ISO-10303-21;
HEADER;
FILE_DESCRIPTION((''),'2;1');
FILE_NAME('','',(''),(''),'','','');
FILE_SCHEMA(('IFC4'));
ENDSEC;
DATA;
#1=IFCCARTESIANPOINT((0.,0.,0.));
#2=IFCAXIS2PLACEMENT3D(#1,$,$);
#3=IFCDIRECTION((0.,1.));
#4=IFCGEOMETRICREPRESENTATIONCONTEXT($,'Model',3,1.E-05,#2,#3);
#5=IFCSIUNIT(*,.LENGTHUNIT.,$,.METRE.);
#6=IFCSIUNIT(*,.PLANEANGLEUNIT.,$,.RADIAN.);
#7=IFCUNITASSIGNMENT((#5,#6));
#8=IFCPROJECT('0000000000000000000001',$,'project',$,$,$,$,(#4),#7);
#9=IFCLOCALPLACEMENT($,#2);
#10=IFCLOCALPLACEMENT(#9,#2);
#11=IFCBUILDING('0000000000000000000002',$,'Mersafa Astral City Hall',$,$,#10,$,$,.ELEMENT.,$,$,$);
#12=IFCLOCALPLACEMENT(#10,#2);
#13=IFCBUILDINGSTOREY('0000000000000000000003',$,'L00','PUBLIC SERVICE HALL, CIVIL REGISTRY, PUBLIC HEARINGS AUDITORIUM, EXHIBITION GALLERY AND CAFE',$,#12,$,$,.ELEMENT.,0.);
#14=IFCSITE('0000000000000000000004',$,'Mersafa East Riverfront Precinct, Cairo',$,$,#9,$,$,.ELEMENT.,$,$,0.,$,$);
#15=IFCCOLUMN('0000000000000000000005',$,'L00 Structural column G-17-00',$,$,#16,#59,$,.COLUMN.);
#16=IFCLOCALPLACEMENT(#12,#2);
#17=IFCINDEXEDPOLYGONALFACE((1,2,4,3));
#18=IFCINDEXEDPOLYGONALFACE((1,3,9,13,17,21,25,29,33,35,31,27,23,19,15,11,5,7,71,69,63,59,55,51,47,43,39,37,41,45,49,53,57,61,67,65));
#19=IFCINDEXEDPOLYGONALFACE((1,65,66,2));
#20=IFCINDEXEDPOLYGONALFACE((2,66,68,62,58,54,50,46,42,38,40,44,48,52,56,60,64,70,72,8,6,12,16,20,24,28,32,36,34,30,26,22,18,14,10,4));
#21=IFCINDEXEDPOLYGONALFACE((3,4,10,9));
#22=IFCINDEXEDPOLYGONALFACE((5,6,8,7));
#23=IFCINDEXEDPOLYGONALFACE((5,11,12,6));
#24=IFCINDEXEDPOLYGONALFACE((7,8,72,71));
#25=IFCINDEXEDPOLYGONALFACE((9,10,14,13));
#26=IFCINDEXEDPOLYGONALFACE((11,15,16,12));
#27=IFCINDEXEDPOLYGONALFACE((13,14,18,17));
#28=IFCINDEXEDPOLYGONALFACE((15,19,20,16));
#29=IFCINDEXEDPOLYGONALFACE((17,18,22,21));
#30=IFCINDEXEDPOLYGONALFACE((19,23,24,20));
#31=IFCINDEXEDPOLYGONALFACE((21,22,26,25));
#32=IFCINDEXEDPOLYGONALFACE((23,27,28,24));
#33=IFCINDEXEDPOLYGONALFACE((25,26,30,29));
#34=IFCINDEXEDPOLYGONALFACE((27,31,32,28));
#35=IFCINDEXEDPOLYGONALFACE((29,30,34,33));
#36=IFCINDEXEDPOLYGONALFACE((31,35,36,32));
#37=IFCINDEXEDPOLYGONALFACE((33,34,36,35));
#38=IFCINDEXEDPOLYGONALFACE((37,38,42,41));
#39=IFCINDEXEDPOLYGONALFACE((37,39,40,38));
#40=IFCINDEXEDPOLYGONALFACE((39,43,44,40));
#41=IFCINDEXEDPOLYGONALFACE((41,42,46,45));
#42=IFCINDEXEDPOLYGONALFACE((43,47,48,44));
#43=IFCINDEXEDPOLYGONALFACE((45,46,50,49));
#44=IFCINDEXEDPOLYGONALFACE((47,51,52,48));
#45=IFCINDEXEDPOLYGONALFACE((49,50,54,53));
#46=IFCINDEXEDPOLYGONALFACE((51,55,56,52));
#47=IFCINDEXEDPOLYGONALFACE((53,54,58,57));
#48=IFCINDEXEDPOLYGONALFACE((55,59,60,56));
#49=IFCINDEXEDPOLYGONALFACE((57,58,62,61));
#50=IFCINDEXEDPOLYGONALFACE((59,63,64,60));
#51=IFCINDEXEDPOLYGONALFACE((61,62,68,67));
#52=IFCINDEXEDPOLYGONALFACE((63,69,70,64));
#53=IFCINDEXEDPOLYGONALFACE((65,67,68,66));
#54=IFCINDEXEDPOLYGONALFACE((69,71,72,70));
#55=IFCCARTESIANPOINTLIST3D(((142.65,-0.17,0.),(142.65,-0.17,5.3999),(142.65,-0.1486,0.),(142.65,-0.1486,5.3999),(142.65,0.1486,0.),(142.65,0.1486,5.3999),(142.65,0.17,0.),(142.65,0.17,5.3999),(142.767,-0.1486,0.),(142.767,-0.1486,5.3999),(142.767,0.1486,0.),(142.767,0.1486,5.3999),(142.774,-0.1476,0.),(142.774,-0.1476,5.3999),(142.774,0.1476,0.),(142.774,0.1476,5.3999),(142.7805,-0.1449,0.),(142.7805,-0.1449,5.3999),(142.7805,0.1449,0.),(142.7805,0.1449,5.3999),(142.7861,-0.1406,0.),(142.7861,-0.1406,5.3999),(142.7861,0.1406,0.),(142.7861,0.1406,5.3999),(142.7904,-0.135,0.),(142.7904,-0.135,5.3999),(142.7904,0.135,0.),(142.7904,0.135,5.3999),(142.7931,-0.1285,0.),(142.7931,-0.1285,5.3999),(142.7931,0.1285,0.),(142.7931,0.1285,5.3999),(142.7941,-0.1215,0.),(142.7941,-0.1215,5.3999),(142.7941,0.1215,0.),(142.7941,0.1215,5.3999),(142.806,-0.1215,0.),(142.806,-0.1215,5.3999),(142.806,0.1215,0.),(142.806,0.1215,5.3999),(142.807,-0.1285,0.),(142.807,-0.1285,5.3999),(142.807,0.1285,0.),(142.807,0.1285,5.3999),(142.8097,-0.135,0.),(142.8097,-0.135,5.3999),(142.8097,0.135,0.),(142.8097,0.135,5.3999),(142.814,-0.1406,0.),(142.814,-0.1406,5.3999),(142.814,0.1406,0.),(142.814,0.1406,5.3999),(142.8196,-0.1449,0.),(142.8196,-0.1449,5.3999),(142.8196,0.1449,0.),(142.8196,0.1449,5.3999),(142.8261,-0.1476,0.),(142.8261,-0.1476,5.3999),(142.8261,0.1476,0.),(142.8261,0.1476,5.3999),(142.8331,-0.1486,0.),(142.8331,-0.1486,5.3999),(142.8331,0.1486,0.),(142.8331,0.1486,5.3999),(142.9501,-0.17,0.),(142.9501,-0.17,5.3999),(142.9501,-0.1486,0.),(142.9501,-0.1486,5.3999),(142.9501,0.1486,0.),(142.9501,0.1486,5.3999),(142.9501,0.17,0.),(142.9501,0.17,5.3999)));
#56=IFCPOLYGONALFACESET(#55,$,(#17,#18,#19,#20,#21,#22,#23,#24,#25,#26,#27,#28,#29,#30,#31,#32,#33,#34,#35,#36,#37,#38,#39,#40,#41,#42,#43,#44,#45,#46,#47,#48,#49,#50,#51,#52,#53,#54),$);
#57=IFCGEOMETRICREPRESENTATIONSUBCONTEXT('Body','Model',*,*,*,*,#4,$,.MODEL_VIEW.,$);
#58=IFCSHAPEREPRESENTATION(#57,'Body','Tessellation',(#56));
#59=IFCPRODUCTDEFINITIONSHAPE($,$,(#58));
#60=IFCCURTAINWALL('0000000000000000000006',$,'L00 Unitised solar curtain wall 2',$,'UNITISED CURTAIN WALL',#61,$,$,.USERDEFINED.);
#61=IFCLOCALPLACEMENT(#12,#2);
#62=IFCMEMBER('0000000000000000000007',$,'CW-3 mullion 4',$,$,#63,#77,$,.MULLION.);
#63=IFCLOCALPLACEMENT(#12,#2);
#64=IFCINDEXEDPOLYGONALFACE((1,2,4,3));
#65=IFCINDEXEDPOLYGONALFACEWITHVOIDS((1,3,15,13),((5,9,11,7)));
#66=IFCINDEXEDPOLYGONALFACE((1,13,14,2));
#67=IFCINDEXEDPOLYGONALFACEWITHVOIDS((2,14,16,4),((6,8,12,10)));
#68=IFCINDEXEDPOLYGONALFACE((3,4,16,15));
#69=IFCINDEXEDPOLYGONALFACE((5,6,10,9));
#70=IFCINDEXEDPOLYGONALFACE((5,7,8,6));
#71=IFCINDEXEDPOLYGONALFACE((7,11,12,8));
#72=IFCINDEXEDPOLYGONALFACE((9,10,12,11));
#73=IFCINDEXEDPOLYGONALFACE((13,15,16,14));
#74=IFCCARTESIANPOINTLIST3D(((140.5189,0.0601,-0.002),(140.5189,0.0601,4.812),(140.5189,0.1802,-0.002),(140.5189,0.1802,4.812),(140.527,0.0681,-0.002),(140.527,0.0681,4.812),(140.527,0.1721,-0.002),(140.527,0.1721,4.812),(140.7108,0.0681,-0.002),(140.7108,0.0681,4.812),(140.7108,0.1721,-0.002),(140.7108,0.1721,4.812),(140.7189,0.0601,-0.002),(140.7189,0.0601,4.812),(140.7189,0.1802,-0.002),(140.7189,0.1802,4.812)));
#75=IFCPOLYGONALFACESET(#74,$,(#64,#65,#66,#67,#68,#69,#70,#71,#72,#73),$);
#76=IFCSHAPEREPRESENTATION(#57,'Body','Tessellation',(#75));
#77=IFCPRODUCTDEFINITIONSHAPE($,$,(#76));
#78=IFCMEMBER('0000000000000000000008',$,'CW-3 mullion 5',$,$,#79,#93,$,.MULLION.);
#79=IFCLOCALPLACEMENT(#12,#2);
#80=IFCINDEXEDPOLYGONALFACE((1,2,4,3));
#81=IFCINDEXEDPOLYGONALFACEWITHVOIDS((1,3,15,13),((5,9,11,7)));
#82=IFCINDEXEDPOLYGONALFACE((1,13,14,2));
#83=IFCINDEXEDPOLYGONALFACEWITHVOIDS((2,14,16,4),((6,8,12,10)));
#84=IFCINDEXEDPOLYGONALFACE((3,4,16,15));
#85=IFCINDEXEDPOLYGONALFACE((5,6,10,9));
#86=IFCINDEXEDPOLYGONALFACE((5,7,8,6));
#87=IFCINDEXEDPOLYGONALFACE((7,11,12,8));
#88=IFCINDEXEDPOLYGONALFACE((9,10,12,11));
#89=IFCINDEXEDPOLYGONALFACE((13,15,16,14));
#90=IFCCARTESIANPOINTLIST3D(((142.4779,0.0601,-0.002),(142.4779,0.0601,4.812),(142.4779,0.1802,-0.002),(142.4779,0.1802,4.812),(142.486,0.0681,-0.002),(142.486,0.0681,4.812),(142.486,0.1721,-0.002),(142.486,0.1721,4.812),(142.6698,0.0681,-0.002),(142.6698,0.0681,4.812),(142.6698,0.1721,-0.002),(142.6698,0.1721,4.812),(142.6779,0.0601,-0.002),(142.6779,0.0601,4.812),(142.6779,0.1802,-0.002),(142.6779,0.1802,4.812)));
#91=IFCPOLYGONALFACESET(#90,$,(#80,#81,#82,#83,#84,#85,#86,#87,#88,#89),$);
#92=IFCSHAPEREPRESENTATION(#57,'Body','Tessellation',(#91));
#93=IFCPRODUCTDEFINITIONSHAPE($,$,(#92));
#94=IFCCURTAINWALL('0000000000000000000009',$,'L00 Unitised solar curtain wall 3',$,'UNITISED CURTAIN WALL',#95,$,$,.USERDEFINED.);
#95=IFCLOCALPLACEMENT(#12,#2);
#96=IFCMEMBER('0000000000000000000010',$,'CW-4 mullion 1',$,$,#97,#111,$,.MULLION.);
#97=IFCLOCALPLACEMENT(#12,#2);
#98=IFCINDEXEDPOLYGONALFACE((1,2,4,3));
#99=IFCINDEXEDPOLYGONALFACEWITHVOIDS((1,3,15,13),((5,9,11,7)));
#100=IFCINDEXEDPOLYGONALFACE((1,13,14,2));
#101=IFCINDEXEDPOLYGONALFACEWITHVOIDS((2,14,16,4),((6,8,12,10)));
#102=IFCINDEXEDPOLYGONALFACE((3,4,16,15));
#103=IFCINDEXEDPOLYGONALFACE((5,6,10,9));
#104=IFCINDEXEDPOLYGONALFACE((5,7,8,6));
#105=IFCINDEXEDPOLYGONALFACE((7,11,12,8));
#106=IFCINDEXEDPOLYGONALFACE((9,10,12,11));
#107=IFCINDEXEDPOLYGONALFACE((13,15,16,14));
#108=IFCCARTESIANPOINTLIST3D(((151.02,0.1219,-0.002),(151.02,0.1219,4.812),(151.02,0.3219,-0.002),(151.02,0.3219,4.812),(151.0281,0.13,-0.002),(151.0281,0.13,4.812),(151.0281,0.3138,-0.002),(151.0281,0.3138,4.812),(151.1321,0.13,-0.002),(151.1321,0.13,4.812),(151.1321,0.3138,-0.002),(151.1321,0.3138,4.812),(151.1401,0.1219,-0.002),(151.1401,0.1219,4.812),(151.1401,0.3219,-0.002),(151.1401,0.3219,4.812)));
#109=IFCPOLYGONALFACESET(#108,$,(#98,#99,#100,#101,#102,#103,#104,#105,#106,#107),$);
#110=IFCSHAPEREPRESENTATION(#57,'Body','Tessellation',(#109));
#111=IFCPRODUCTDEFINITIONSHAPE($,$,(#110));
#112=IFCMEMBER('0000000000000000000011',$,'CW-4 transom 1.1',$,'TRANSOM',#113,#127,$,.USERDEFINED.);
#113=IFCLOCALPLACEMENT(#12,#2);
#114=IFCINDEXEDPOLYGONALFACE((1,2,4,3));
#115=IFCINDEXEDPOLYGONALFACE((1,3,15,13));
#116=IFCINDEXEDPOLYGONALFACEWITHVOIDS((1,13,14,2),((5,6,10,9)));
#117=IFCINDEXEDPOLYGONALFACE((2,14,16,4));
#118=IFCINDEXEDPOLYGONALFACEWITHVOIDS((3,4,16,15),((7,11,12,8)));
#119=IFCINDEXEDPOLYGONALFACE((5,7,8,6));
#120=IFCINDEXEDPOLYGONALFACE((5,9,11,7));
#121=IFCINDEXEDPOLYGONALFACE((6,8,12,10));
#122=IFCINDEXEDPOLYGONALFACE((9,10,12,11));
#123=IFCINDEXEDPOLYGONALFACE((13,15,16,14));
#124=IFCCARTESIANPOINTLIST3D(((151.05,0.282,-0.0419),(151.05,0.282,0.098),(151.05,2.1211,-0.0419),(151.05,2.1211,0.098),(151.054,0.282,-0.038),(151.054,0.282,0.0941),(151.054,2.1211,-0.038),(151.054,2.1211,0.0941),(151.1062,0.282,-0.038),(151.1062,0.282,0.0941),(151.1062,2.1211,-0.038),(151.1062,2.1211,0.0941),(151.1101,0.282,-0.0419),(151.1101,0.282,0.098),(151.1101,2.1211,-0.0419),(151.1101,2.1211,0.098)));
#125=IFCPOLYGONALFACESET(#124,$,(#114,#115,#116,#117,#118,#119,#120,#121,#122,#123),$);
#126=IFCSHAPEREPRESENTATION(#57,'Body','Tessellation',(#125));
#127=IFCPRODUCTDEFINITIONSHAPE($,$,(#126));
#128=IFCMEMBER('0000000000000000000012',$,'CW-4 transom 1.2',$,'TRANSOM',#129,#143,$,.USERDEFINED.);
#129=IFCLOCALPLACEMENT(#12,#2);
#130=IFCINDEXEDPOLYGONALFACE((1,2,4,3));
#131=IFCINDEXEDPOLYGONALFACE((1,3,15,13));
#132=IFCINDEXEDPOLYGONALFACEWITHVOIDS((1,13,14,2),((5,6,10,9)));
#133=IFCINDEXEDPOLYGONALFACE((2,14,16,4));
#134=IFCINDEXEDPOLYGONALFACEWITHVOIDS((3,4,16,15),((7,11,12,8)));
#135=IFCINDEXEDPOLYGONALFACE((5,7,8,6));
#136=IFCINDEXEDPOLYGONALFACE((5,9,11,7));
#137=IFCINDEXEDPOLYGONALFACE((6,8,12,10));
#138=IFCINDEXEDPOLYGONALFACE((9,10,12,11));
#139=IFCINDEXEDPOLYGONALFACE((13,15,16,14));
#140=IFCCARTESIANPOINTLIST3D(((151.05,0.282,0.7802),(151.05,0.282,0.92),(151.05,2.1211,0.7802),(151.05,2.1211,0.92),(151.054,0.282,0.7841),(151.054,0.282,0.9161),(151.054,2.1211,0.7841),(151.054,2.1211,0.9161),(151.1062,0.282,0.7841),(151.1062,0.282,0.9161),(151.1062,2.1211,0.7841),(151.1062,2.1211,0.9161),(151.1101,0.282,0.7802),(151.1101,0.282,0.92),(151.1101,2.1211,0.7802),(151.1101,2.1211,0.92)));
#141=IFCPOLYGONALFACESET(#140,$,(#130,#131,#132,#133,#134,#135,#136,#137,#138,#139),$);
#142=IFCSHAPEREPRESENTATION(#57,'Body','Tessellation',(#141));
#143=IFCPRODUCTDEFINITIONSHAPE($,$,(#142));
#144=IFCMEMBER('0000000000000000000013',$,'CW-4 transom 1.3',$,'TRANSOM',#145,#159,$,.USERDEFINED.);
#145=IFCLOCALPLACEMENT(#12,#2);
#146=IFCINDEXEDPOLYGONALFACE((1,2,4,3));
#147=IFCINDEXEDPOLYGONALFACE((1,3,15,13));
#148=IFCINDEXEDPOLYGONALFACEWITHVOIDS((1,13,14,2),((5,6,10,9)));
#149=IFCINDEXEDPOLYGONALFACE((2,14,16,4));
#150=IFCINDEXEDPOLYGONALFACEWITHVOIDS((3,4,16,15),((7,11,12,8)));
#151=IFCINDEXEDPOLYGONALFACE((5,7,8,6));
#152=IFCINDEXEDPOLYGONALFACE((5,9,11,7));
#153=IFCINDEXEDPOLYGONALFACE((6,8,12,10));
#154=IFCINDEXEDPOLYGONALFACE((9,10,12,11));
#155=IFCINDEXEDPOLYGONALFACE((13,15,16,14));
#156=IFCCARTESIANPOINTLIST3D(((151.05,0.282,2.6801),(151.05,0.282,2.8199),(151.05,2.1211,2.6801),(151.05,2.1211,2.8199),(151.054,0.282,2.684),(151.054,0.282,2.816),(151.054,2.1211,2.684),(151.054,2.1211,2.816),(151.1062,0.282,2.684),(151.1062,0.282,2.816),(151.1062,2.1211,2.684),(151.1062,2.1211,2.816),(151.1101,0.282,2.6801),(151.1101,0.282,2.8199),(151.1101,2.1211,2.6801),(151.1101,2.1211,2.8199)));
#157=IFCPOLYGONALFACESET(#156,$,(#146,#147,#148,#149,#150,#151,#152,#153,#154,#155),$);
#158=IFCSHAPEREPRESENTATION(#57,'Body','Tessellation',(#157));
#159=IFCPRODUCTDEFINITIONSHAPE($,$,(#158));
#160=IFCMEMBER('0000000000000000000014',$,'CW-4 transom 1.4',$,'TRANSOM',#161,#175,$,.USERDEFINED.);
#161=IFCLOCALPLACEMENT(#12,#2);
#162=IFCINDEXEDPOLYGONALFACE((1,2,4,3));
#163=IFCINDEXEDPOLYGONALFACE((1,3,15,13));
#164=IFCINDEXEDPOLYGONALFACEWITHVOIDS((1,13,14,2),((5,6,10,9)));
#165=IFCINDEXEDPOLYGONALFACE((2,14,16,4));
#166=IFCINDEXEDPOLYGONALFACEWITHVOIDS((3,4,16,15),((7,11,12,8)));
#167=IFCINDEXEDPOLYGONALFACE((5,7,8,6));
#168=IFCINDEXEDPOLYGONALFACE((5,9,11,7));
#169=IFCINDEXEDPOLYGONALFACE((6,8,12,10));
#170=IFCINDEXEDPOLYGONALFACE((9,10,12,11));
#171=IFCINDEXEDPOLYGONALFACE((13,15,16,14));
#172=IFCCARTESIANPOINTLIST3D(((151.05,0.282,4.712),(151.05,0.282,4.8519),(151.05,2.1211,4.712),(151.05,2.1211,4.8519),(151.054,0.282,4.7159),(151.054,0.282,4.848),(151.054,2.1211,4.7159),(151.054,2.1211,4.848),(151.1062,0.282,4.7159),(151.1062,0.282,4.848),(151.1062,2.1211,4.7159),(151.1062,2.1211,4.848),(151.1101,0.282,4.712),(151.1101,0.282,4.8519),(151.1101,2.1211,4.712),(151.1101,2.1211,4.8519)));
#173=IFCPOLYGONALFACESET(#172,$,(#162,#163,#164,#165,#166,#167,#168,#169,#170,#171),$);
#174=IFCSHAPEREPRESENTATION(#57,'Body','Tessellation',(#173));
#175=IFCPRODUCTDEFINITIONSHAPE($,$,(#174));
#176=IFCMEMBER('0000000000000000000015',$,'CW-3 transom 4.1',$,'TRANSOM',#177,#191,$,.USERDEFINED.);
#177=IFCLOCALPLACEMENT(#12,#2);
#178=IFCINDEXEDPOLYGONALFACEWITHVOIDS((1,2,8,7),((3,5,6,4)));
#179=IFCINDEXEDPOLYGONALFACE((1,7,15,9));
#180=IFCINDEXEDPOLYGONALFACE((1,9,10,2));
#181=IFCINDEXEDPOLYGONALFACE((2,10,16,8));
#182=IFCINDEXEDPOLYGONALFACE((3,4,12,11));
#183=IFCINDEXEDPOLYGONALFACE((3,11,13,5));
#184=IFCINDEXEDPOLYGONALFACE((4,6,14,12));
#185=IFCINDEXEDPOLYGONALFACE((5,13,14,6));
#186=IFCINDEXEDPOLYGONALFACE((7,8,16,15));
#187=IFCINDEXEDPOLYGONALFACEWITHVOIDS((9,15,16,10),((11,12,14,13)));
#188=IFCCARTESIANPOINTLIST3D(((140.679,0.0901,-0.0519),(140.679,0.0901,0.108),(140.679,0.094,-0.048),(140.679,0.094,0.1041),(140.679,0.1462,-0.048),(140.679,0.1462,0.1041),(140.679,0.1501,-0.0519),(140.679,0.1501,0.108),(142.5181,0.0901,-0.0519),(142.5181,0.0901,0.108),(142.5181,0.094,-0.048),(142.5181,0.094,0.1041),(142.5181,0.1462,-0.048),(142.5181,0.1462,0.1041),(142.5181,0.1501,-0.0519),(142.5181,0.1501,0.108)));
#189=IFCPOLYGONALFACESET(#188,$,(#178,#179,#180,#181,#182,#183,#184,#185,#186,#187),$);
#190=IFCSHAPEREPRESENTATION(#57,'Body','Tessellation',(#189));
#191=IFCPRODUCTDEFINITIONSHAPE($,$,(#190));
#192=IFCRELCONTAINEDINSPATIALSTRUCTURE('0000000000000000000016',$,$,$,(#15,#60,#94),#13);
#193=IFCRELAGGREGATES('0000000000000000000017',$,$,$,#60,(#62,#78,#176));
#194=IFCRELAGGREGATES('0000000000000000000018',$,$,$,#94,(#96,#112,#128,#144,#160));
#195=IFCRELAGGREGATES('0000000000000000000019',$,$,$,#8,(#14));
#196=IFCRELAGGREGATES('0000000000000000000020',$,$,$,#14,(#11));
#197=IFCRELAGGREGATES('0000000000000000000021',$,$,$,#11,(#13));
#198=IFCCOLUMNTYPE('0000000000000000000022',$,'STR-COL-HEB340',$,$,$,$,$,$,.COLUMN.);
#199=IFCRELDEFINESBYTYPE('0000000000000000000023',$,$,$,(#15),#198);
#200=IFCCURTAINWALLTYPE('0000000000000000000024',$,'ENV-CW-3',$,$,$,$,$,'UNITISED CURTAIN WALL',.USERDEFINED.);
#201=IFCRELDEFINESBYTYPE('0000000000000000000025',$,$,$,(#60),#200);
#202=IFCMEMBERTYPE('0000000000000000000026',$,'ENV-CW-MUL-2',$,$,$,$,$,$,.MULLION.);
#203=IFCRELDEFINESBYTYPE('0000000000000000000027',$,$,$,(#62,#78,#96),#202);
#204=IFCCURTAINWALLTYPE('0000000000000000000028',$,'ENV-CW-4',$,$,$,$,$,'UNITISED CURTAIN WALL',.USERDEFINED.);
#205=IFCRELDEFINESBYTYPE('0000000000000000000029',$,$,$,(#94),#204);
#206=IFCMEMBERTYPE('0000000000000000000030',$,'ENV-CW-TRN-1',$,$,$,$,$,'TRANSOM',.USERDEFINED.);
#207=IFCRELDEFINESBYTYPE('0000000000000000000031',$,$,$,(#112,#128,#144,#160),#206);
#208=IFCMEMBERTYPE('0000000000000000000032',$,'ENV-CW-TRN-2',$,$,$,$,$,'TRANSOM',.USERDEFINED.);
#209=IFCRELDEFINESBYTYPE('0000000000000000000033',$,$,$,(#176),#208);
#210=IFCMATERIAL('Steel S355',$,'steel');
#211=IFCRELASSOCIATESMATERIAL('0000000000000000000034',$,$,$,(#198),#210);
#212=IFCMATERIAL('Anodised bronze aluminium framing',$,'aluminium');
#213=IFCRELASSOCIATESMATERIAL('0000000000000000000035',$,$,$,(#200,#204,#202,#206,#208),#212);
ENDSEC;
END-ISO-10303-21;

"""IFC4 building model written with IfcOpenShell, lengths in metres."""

from ifc_helpers import new_model, si_unit, direction, frame, origin, origin_2d, place, context, subcontext, project, spatial, hollow_rectangle, i_section, extrude, material, material_profile, profile_set, type_object, element, aggregate, save


model = new_model("IFC4")

# Units and contexts
model_context = context("Model", 3, precision=1e-05, world=origin(), true_north=direction((0.0, 1.0)))
body_context = subcontext(model_context, "Body", "Model", "MODEL_VIEW")
ifc_project = project(units=[si_unit("LENGTHUNIT", "METRE"), si_unit("PLANEANGLEUNIT", "RADIAN")], contexts=[model_context])

# Site, building, storey
site_placement = place(None, origin())
site = spatial("IfcSite", under=ifc_project, at=site_placement, Name="Mersafa East Riverfront Precinct, Cairo", CompositionType="ELEMENT", RefElevation=0.0)
building_placement = place(site_placement, origin())
building = spatial("IfcBuilding", under=site, at=building_placement, Name="Mersafa Astral City Hall", CompositionType="ELEMENT")
storey_placement = place(building_placement, origin())
storey = spatial("IfcBuildingStorey", under=building, at=storey_placement, Name="L00", Description="PUBLIC SERVICE HALL, CIVIL REGISTRY, PUBLIC HEARINGS AUDITORIUM, EXHIBITION GALLERY AND CAFE", CompositionType="ELEMENT", Elevation=0.0)

# Column
ifc_material_1 = material(Name="Steel S355", Category="steel")
ifc_material_profile_1 = material_profile(ifc_material_1, i_section(OverallWidth=0.3, OverallDepth=0.3401, WebThickness=0.012, FlangeThickness=0.0215, FilletRadius=0.0271, at=origin_2d()), Name="HEB 340")
ifc_profile_set_1 = profile_set([ifc_material_profile_1], Name="Steel S355")
column_type = type_object("IfcColumnType", Name="STR-COL-HEB340", PredefinedType="COLUMN", material=ifc_profile_set_1)
column_placement = place(storey_placement, frame((142.8, 0.0, 0.0), z_axis=(0.0, 0.0, 1.0), x_axis=(1.0, 0.0, 0.0)))
element("IfcColumn", 1, at=column_placement, inside=storey, type_object=column_type, Name="L00 Structural column G-17-00", PredefinedType="COLUMN", context=body_context, shape_type="SweptSolid", body=[
    extrude(i_section(OverallWidth=0.3, OverallDepth=0.3401, WebThickness=0.012, FlangeThickness=0.0215, FilletRadius=0.0271, at=origin_2d()), origin(), (0.0, 0.0, 1.0), 5.3999),
])

# Curtain walls, members
ifc_material_2 = material(Name="Anodised bronze aluminium framing", Category="aluminium")
curtain_wall_type_1 = type_object("IfcCurtainWallType", Name="ENV-CW-3", ElementType="UNITISED CURTAIN WALL", PredefinedType="USERDEFINED", material=ifc_material_2)
curtain_wall_1_placement = place(storey_placement, origin())
curtain_wall_1 = element("IfcCurtainWall", 2, at=curtain_wall_1_placement, inside=storey, type_object=curtain_wall_type_1, Name="L00 Unitised solar curtain wall 2", ObjectType="UNITISED CURTAIN WALL", PredefinedType="USERDEFINED")
ifc_material_profile_2 = material_profile(ifc_material_2, hollow_rectangle(XDim=0.1201, YDim=0.2, WallThickness=0.0081, at=origin_2d()), Name="RHS 120x200x8")
ifc_profile_set_2 = profile_set([ifc_material_profile_2], Name="Anodised bronze aluminium framing")
member_type_1 = type_object("IfcMemberType", Name="ENV-CW-MUL-2", PredefinedType="MULLION", material=ifc_profile_set_2)
member_1_placement = place(storey_placement, frame((140.6189, 0.1201, -0.002), z_axis=(0.0, 0.0, 1.0), x_axis=(0.0, 1.0, 0.0)))
member_1 = element("IfcMember", 3, at=member_1_placement, type_object=member_type_1, Name="CW-3 mullion 4", PredefinedType="MULLION", context=body_context, shape_type="SweptSolid", body=[
    extrude(hollow_rectangle(XDim=0.1201, YDim=0.2, WallThickness=0.0081, at=origin_2d()), origin(), (0.0, 0.0, 1.0), 4.814),
])
member_2_placement = place(storey_placement, frame((142.5779, 0.1201, -0.002), z_axis=(0.0, 0.0, 1.0), x_axis=(0.0, 1.0, 0.0)))
member_2 = element("IfcMember", 4, at=member_2_placement, type_object=member_type_1, Name="CW-3 mullion 5", PredefinedType="MULLION", context=body_context, shape_type="SweptSolid", body=[
    extrude(hollow_rectangle(XDim=0.1201, YDim=0.2, WallThickness=0.0081, at=origin_2d()), origin(), (0.0, 0.0, 1.0), 4.814),
])
curtain_wall_type_2 = type_object("IfcCurtainWallType", Name="ENV-CW-4", ElementType="UNITISED CURTAIN WALL", PredefinedType="USERDEFINED", material=ifc_material_2)
curtain_wall_2_placement = place(storey_placement, origin())
curtain_wall_2 = element("IfcCurtainWall", 5, at=curtain_wall_2_placement, inside=storey, type_object=curtain_wall_type_2, Name="L00 Unitised solar curtain wall 3", ObjectType="UNITISED CURTAIN WALL", PredefinedType="USERDEFINED")
member_3_placement = place(storey_placement, frame((151.0801, 0.2219, -0.002), z_axis=(0.0, 0.0, 1.0), x_axis=(-1.0, 0.0, 0.0)))
member_3 = element("IfcMember", 6, at=member_3_placement, type_object=member_type_1, Name="CW-4 mullion 1", PredefinedType="MULLION", context=body_context, shape_type="SweptSolid", body=[
    extrude(hollow_rectangle(XDim=0.1201, YDim=0.2, WallThickness=0.0081, at=origin_2d()), origin(), (0.0, 0.0, 1.0), 4.814),
])
ifc_material_profile_3 = material_profile(ifc_material_2, hollow_rectangle(XDim=0.0601, YDim=0.1399, WallThickness=0.0039, at=origin_2d()), Name="RHS 60x140x4")
ifc_profile_set_3 = profile_set([ifc_material_profile_3], Name="Anodised bronze aluminium framing")
member_type_2 = type_object("IfcMemberType", Name="ENV-CW-TRN-1", ElementType="TRANSOM", PredefinedType="USERDEFINED", material=ifc_profile_set_3)
member_4_placement = place(storey_placement, frame((151.0801, 0.282, 0.0281), z_axis=(0.0, 1.0, 0.0), x_axis=(-1.0, 0.0, 0.0)))
member_4 = element("IfcMember", 7, at=member_4_placement, type_object=member_type_2, Name="CW-4 transom 1.1", ObjectType="TRANSOM", PredefinedType="USERDEFINED", context=body_context, shape_type="SweptSolid", body=[
    extrude(hollow_rectangle(XDim=0.0601, YDim=0.1399, WallThickness=0.0039, at=origin_2d()), origin(), (0.0, 0.0, 1.0), 1.8391),
])
member_5_placement = place(storey_placement, frame((151.0801, 0.282, 0.8501), z_axis=(0.0, 1.0, 0.0), x_axis=(-1.0, 0.0, 0.0)))
member_5 = element("IfcMember", 8, at=member_5_placement, type_object=member_type_2, Name="CW-4 transom 1.2", ObjectType="TRANSOM", PredefinedType="USERDEFINED", context=body_context, shape_type="SweptSolid", body=[
    extrude(hollow_rectangle(XDim=0.0601, YDim=0.1399, WallThickness=0.0039, at=origin_2d()), origin(), (0.0, 0.0, 1.0), 1.8391),
])
member_6_placement = place(storey_placement, frame((151.0801, 0.282, 2.75), z_axis=(0.0, 1.0, 0.0), x_axis=(-1.0, 0.0, 0.0)))
member_6 = element("IfcMember", 9, at=member_6_placement, type_object=member_type_2, Name="CW-4 transom 1.3", ObjectType="TRANSOM", PredefinedType="USERDEFINED", context=body_context, shape_type="SweptSolid", body=[
    extrude(hollow_rectangle(XDim=0.0601, YDim=0.1399, WallThickness=0.0039, at=origin_2d()), origin(), (0.0, 0.0, 1.0), 1.8391),
])
member_7_placement = place(storey_placement, frame((151.0801, 0.282, 4.782), z_axis=(0.0, 1.0, 0.0), x_axis=(-1.0, 0.0, 0.0)))
member_7 = element("IfcMember", 10, at=member_7_placement, type_object=member_type_2, Name="CW-4 transom 1.4", ObjectType="TRANSOM", PredefinedType="USERDEFINED", context=body_context, shape_type="SweptSolid", body=[
    extrude(hollow_rectangle(XDim=0.0601, YDim=0.1399, WallThickness=0.0039, at=origin_2d()), origin(), (0.0, 0.0, 1.0), 1.8391),
])

# Member
ifc_material_profile_4 = material_profile(ifc_material_2, hollow_rectangle(XDim=0.0601, YDim=0.1599, WallThickness=0.0039, at=origin_2d()), Name="RHS 60x160x4")
ifc_profile_set_4 = profile_set([ifc_material_profile_4], Name="Anodised bronze aluminium framing")
member_type_3 = type_object("IfcMemberType", Name="ENV-CW-TRN-2", ElementType="TRANSOM", PredefinedType="USERDEFINED", material=ifc_profile_set_4)
member_8_placement = place(storey_placement, frame((140.679, 0.1201, 0.0281), z_axis=(1.0, 0.0, 0.0), x_axis=(0.0, 1.0, 0.0)))
member_8 = element("IfcMember", 11, at=member_8_placement, type_object=member_type_3, Name="CW-3 transom 4.1", ObjectType="TRANSOM", PredefinedType="USERDEFINED", context=body_context, shape_type="SweptSolid", body=[
    extrude(hollow_rectangle(XDim=0.0601, YDim=0.1599, WallThickness=0.0039, at=origin_2d()), origin(), (0.0, 0.0, 1.0), 1.8391),
])

aggregate(curtain_wall_1, [member_1, member_2, member_8])
aggregate(curtain_wall_2, [member_3, member_4, member_5, member_6, member_7])

save(model, "model.ifc")
